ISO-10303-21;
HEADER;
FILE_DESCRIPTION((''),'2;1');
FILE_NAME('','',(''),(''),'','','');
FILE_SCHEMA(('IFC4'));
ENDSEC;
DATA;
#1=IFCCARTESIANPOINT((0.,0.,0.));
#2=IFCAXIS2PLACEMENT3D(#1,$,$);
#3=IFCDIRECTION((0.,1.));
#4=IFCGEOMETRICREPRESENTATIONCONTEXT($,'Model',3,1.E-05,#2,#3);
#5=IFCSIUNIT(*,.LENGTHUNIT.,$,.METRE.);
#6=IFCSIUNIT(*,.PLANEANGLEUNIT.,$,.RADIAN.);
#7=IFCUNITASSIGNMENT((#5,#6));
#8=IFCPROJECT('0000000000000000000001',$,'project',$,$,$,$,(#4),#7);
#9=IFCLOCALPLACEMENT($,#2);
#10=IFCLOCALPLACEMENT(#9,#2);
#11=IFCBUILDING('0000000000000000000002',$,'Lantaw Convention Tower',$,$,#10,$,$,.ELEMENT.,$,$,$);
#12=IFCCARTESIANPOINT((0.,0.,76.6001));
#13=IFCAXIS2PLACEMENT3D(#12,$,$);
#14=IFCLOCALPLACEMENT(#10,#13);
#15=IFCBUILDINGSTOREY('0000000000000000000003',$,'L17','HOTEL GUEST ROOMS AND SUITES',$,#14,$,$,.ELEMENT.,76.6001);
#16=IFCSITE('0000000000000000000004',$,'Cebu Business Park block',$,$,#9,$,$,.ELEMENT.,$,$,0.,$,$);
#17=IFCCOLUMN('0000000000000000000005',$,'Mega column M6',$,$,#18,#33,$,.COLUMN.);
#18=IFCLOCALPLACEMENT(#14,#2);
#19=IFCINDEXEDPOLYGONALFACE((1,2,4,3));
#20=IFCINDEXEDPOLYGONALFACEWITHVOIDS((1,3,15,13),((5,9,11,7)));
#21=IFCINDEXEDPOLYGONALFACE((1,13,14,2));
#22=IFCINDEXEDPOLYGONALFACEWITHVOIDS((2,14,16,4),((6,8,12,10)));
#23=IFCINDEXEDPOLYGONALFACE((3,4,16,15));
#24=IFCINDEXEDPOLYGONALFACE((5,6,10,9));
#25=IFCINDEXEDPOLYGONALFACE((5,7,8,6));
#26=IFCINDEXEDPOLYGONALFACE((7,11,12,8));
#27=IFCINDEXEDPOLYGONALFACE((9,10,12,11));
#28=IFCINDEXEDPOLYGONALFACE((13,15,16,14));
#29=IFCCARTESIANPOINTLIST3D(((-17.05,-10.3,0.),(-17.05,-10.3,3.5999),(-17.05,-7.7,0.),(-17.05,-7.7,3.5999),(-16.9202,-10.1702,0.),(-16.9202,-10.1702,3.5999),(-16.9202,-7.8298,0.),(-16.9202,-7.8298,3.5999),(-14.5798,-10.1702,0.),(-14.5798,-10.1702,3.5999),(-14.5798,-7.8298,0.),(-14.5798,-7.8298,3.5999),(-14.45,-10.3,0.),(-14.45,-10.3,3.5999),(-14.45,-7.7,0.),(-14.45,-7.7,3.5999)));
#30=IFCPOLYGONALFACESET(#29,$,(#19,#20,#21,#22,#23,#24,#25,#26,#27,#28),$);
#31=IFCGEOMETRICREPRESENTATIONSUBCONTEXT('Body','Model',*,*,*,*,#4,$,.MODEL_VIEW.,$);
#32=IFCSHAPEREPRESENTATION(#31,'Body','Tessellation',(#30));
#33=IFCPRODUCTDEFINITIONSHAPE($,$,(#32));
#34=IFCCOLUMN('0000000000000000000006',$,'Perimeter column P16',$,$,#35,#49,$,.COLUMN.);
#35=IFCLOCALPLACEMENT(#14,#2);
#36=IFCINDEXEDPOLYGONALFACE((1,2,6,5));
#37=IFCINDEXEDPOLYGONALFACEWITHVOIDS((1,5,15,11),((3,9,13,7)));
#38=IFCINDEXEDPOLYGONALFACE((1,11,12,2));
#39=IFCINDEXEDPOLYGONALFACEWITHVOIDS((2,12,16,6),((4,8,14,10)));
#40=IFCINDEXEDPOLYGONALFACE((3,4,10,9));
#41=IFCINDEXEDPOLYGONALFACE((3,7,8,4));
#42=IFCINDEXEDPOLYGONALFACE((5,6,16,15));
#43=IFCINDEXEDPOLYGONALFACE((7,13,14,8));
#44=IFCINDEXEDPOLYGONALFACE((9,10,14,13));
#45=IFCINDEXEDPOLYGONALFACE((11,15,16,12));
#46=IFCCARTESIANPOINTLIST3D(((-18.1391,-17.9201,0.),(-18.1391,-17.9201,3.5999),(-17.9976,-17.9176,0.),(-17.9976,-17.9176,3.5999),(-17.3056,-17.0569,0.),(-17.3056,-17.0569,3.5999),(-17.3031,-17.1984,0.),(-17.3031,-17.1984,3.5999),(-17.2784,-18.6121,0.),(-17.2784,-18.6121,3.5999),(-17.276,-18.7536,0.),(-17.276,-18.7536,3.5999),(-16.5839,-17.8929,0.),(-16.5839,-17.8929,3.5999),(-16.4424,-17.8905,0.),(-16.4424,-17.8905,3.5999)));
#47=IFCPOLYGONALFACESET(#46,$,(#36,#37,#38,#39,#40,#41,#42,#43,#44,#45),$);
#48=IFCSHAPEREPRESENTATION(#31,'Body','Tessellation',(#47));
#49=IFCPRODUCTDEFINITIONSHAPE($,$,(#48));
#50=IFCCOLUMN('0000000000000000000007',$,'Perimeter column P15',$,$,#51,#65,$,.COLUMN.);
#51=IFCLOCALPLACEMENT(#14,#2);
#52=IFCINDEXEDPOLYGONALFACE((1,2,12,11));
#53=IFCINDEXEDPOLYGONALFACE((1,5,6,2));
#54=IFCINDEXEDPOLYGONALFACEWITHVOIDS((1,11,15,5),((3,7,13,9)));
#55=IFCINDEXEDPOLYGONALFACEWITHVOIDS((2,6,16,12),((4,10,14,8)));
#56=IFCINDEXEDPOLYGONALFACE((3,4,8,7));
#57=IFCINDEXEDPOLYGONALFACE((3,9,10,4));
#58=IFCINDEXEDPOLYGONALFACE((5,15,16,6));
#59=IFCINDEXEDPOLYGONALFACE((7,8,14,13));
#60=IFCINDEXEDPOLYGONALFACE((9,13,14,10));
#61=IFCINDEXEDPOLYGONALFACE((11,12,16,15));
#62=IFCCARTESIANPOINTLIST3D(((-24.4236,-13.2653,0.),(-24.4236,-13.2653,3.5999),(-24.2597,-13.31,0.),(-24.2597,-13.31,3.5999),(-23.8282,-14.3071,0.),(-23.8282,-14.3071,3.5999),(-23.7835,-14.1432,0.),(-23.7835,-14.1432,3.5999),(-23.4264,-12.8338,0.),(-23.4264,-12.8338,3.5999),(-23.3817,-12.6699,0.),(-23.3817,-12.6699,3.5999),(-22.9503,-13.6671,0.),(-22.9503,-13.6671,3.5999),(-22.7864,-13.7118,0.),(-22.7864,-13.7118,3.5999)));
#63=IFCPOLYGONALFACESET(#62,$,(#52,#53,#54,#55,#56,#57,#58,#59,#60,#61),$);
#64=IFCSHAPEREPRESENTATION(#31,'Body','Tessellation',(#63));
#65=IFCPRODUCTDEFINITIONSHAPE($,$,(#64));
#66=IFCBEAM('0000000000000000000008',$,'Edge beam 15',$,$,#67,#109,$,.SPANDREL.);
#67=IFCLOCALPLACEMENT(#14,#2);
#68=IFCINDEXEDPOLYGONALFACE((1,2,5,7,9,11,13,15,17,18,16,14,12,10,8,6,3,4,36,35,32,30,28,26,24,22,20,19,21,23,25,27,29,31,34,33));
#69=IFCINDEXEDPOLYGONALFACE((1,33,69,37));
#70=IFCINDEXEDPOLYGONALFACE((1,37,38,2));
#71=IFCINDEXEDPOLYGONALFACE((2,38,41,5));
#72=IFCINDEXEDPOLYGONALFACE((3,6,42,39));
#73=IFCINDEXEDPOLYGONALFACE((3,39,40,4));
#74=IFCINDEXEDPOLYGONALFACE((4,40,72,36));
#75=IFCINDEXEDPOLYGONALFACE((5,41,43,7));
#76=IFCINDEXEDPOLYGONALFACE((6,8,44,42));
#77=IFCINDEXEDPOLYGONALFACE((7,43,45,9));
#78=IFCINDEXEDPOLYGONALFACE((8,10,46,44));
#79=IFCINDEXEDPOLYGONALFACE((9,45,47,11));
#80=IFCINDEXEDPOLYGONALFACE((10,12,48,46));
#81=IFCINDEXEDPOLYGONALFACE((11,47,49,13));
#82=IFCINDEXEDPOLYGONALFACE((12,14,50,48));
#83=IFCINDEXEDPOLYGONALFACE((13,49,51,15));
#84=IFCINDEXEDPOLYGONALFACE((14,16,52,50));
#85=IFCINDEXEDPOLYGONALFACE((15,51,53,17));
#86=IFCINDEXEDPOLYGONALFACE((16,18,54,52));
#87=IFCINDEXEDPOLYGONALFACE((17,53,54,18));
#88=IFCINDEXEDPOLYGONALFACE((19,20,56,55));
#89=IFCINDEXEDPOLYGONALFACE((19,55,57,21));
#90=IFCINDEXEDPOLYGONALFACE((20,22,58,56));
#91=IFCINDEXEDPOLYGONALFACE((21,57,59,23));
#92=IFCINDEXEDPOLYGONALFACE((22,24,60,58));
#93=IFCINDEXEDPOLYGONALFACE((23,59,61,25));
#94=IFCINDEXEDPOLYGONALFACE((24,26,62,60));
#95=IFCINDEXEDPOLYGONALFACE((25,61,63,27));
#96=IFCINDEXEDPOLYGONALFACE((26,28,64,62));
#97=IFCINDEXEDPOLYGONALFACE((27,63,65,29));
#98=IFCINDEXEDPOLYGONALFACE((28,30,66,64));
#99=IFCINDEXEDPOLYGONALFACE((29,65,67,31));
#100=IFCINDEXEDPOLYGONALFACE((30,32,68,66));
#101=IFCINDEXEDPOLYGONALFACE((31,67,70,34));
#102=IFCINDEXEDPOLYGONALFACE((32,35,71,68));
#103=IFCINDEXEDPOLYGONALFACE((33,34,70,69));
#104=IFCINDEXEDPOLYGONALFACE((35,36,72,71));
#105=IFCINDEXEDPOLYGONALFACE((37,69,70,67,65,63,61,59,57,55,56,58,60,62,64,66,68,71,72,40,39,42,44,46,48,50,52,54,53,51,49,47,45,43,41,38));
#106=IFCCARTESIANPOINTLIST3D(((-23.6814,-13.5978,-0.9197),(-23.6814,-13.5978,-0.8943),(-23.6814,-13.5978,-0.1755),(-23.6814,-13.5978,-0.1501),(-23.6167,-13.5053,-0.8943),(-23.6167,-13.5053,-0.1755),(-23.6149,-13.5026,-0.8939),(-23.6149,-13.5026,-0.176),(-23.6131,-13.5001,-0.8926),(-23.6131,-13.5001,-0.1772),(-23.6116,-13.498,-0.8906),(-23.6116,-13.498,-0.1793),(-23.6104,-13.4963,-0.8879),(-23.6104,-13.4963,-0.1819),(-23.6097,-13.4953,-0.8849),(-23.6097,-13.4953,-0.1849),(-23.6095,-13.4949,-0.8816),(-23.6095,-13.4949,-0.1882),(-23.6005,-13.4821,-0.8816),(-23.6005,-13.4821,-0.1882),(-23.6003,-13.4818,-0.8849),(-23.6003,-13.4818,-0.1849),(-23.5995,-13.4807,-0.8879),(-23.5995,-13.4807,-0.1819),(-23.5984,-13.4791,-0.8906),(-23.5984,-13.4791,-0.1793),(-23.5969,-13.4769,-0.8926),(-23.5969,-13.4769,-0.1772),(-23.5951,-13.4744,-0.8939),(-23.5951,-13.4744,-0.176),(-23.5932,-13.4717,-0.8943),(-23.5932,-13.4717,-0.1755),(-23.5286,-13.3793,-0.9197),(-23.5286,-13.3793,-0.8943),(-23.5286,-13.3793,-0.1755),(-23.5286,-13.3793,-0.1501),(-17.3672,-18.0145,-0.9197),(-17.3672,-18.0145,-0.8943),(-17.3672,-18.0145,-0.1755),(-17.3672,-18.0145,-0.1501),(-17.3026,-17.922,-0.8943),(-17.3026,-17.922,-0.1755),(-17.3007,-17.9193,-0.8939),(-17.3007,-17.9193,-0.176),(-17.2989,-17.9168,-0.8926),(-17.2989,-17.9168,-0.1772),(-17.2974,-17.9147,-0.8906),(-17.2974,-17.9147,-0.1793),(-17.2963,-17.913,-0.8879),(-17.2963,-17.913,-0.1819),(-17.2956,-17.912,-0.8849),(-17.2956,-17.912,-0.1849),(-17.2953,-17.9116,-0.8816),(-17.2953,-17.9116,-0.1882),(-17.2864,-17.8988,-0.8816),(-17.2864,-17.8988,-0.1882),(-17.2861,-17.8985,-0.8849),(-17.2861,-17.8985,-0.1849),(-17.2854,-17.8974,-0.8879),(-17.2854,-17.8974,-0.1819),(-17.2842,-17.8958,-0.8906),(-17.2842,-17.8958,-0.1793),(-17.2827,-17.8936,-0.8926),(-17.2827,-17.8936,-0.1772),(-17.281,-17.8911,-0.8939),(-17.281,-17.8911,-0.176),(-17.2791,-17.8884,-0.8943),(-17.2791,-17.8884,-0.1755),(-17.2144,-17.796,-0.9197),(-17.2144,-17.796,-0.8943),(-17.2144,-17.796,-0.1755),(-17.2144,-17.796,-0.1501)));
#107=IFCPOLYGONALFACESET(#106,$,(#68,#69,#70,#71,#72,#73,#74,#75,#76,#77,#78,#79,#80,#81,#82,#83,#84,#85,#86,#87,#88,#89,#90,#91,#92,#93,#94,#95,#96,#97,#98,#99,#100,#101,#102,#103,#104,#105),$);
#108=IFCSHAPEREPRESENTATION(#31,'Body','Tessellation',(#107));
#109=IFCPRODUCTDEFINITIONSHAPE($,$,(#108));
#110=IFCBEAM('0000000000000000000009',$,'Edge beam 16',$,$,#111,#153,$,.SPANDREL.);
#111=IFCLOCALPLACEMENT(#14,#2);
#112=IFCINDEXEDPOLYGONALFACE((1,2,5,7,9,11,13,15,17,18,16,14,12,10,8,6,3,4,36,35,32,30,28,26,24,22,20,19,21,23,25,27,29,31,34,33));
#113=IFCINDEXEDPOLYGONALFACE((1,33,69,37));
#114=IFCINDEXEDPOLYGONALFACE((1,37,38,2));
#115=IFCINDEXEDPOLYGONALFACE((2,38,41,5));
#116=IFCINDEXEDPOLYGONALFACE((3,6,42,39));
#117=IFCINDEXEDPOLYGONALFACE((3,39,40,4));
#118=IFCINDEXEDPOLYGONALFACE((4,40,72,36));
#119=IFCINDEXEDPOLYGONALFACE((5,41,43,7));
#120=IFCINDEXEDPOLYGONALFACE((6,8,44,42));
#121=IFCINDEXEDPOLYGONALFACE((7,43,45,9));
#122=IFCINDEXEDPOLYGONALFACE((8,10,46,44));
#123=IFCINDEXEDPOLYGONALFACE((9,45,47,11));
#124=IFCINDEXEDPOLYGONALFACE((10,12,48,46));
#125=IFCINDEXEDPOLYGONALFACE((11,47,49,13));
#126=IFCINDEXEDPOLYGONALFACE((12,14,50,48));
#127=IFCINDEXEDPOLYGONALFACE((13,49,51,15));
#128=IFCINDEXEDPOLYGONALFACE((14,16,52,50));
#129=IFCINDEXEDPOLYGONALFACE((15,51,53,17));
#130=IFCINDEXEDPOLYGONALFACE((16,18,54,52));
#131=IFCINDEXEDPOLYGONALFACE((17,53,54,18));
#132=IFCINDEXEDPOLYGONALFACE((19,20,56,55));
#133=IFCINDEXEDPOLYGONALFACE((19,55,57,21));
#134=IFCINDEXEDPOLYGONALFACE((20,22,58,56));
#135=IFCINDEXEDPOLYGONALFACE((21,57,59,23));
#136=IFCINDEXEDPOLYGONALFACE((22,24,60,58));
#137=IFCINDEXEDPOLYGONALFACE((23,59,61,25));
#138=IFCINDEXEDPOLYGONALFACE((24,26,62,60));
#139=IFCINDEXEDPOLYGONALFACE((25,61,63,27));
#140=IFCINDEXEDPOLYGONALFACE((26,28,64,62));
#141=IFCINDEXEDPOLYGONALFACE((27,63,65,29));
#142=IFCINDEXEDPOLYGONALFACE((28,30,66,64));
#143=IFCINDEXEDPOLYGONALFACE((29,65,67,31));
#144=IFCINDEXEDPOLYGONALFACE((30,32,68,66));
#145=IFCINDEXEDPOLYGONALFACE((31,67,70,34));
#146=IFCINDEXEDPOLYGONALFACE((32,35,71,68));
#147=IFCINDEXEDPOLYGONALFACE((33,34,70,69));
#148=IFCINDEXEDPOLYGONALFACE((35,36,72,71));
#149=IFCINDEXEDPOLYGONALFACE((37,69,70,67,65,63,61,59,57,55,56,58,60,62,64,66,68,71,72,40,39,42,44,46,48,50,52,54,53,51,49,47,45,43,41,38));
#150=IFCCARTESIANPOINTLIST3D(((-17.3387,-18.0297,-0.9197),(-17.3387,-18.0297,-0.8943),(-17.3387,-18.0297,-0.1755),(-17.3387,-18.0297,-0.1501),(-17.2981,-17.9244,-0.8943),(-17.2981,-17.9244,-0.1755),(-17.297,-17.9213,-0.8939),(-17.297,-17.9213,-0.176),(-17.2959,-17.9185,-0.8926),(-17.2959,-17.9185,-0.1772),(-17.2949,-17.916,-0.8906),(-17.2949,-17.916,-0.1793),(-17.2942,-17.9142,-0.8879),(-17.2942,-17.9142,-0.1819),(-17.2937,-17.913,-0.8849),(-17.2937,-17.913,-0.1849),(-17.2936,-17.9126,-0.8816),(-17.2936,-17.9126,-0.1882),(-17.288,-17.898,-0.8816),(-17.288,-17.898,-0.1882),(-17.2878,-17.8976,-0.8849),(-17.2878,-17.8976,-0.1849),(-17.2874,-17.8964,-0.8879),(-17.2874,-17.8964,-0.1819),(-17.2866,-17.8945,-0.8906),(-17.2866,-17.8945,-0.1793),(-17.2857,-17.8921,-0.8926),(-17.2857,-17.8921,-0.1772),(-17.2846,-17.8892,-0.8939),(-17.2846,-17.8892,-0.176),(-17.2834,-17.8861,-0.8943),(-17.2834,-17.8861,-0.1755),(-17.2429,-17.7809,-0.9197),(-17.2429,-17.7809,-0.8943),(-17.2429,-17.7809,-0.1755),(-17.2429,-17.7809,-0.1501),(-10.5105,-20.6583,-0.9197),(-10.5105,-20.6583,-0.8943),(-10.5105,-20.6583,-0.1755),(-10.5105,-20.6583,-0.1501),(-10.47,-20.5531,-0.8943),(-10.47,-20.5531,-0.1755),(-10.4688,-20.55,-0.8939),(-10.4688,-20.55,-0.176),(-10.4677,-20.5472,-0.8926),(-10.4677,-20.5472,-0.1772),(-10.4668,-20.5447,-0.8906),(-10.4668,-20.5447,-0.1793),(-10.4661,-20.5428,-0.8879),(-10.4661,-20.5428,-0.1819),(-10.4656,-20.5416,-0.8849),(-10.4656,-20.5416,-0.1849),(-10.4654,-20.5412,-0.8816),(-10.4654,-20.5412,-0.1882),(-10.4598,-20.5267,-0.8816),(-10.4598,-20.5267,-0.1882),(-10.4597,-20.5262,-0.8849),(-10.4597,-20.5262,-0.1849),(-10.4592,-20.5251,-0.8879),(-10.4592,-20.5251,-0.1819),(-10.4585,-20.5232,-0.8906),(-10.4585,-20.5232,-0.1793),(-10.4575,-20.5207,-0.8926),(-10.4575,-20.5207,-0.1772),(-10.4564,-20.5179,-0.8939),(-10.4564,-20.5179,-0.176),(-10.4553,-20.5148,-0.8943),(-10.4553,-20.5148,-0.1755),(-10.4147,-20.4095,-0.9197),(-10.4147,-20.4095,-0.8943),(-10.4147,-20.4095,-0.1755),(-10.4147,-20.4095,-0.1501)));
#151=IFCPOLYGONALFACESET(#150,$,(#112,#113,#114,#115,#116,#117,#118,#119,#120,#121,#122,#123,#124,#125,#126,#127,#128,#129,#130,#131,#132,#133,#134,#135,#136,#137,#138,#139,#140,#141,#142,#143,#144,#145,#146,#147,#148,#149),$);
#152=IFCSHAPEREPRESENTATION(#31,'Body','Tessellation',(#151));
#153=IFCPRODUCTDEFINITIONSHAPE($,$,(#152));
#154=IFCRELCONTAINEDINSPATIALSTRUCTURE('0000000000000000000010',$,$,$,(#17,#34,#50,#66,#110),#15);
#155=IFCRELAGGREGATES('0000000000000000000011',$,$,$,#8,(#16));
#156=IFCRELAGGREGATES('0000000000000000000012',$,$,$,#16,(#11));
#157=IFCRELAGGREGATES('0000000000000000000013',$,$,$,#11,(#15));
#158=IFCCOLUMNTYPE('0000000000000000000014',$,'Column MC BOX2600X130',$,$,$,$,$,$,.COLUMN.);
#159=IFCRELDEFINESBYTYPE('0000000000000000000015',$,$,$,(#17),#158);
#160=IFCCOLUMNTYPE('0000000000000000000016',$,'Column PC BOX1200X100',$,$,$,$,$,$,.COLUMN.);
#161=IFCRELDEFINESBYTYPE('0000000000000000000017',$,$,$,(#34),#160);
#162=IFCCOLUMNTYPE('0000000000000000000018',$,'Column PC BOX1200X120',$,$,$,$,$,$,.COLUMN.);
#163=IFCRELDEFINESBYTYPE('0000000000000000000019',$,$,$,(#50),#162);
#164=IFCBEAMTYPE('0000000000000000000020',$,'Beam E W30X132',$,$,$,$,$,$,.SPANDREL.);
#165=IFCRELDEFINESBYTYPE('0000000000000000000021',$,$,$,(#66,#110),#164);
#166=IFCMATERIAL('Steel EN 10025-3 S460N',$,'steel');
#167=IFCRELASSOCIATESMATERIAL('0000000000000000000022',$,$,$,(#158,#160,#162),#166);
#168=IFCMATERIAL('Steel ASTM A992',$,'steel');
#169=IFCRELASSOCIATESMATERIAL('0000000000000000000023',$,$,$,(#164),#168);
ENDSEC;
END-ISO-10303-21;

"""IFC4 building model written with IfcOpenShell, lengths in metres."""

from ifc_helpers import new_model, si_unit, direction, frame, origin, origin_2d, place, context, subcontext, project, spatial, rectangle, hollow_rectangle, i_section, extrude, material, material_profile, profile_set, type_object, element, save


model = new_model("IFC4")

# Units and contexts
model_context = context("Model", 3, precision=1e-05, world=origin(), true_north=direction((0.0, 1.0)))
body_context = subcontext(model_context, "Body", "Model", "MODEL_VIEW")
ifc_project = project(units=[si_unit("LENGTHUNIT", "METRE"), si_unit("PLANEANGLEUNIT", "RADIAN")], contexts=[model_context])

# Site, building, storey
site_placement = place(None, origin())
site = spatial("IfcSite", under=ifc_project, at=site_placement, Name="Cebu Business Park block", CompositionType="ELEMENT", RefElevation=0.0)
building_placement = place(site_placement, origin())
building = spatial("IfcBuilding", under=site, at=building_placement, Name="Lantaw Convention Tower", CompositionType="ELEMENT")
storey_placement = place(building_placement, frame((0.0, 0.0, 76.6001)))
storey = spatial("IfcBuildingStorey", under=building, at=storey_placement, Name="L17", Description="HOTEL GUEST ROOMS AND SUITES", CompositionType="ELEMENT", Elevation=76.6001)

# Columns
ifc_material_1 = material(Name="Steel EN 10025-3 S460N", Category="steel")
ifc_material_profile_1 = material_profile(ifc_material_1, hollow_rectangle(XDim=2.6001, YDim=2.6001, WallThickness=0.1299, at=origin_2d()), Name="BOX2600X130")
ifc_material_2 = material(Name="Concrete C60/75", Category="concrete")
ifc_material_profile_2 = material_profile(ifc_material_2, rectangle(XDim=2.3401, YDim=2.3401, at=origin_2d()), Name="Concrete fill of BOX2600X130")
ifc_profile_set_1 = profile_set([ifc_material_profile_1, ifc_material_profile_2], Name="Steel EN 10025-3 S460N")
column_type_1 = type_object("IfcColumnType", Name="Column MC BOX2600X130", PredefinedType="COLUMN", material=ifc_profile_set_1)
column_1_placement = place(storey_placement, frame((-15.75, -9.0, 0.0), z_axis=(0.0, 0.0, 1.0), x_axis=(1.0, 0.0, 0.0)))
element("IfcColumn", 1, at=column_1_placement, inside=storey, type_object=column_type_1, Name="Mega column M6", PredefinedType="COLUMN", context=body_context, shape_type="SweptSolid", body=[
    extrude(hollow_rectangle(XDim=2.6001, YDim=2.6001, WallThickness=0.1299, at=origin_2d()), origin(), (0.0, 0.0, 1.0), 3.5999),
])
ifc_material_profile_3 = material_profile(ifc_material_1, hollow_rectangle(XDim=1.2, YDim=1.2, WallThickness=0.1001, at=origin_2d()), Name="BOX1200X100")
ifc_material_profile_4 = material_profile(ifc_material_2, rectangle(XDim=1.0, YDim=1.0, at=origin_2d()), Name="Concrete fill of BOX1200X100")
ifc_profile_set_2 = profile_set([ifc_material_profile_3, ifc_material_profile_4], Name="Steel EN 10025-3 S460N")
column_type_2 = type_object("IfcColumnType", Name="Column PC BOX1200X100", PredefinedType="COLUMN", material=ifc_profile_set_2)
column_2_placement = place(storey_placement, frame((-17.2908, -17.9053, 0.0), z_axis=(0.0, 0.0, 1.0), x_axis=(0.694658, 0.71934, 0.0)))
element("IfcColumn", 2, at=column_2_placement, inside=storey, type_object=column_type_2, Name="Perimeter column P16", PredefinedType="COLUMN", context=body_context, shape_type="SweptSolid", body=[
    extrude(hollow_rectangle(XDim=1.2, YDim=1.2, WallThickness=0.1001, at=origin_2d()), origin(), (0.0, 0.0, 1.0), 3.5999),
])
ifc_material_profile_5 = material_profile(ifc_material_1, hollow_rectangle(XDim=1.2, YDim=1.2, WallThickness=0.1201, at=origin_2d()), Name="BOX1200X120")
ifc_material_profile_6 = material_profile(ifc_material_2, rectangle(XDim=0.96, YDim=0.96, at=origin_2d()), Name="Concrete fill of BOX1200X120")
ifc_profile_set_3 = profile_set([ifc_material_profile_5, ifc_material_profile_6], Name="Steel EN 10025-3 S460N")
column_type_3 = type_object("IfcColumnType", Name="Column PC BOX1200X120", PredefinedType="COLUMN", material=ifc_profile_set_3)
column_3_placement = place(storey_placement, frame((-23.605, -13.4885, 0.0), z_axis=(0.0, 0.0, 1.0), x_axis=(0.868243, 0.496139, 0.0)))
element("IfcColumn", 3, at=column_3_placement, inside=storey, type_object=column_type_3, Name="Perimeter column P15", PredefinedType="COLUMN", context=body_context, shape_type="SweptSolid", body=[
    extrude(hollow_rectangle(XDim=1.2, YDim=1.2, WallThickness=0.1201, at=origin_2d()), origin(), (0.0, 0.0, 1.0), 3.5999),
])

# Beams
ifc_material_3 = material(Name="Steel ASTM A992", Category="steel")
ifc_material_profile_7 = material_profile(ifc_material_3, i_section(OverallWidth=0.2666, OverallDepth=0.7695, WebThickness=0.0156, FlangeThickness=0.0254, FilletRadius=0.0127, at=origin_2d()), Name="W30X132")
ifc_profile_set_4 = profile_set([ifc_material_profile_7], Name="Steel ASTM A992")
beam_type_1 = type_object("IfcBeamType", Name="Beam E W30X132", PredefinedType="SPANDREL", material=ifc_profile_set_4)
beam_1_placement = place(storey_placement, frame((-23.605, -13.4885, -0.5349), z_axis=(0.819427, -0.573184, 0.0), x_axis=(0.573184, 0.819427, 0.0)))
element("IfcBeam", 4, at=beam_1_placement, inside=storey, type_object=beam_type_1, Name="Edge beam 15", PredefinedType="SPANDREL", context=body_context, shape_type="SweptSolid", body=[
    extrude(i_section(OverallWidth=0.2666, OverallDepth=0.7695, WebThickness=0.0156, FlangeThickness=0.0254, FilletRadius=0.0127, at=origin_2d()), origin(), (0.0, 0.0, 1.0), 7.7056),
])
beam_2_placement = place(storey_placement, frame((-17.2908, -17.9053, -0.5349), z_axis=(0.933233, -0.359272, 0.0), x_axis=(0.359272, 0.933233, 0.0)))
element("IfcBeam", 5, at=beam_2_placement, inside=storey, type_object=beam_type_1, Name="Edge beam 16", PredefinedType="SPANDREL", context=body_context, shape_type="SweptSolid", body=[
    extrude(i_section(OverallWidth=0.2666, OverallDepth=0.7695, WebThickness=0.0156, FlangeThickness=0.0254, FilletRadius=0.0127, at=origin_2d()), origin(), (0.0, 0.0, 1.0), 7.3167),
])

save(model, "model.ifc")
